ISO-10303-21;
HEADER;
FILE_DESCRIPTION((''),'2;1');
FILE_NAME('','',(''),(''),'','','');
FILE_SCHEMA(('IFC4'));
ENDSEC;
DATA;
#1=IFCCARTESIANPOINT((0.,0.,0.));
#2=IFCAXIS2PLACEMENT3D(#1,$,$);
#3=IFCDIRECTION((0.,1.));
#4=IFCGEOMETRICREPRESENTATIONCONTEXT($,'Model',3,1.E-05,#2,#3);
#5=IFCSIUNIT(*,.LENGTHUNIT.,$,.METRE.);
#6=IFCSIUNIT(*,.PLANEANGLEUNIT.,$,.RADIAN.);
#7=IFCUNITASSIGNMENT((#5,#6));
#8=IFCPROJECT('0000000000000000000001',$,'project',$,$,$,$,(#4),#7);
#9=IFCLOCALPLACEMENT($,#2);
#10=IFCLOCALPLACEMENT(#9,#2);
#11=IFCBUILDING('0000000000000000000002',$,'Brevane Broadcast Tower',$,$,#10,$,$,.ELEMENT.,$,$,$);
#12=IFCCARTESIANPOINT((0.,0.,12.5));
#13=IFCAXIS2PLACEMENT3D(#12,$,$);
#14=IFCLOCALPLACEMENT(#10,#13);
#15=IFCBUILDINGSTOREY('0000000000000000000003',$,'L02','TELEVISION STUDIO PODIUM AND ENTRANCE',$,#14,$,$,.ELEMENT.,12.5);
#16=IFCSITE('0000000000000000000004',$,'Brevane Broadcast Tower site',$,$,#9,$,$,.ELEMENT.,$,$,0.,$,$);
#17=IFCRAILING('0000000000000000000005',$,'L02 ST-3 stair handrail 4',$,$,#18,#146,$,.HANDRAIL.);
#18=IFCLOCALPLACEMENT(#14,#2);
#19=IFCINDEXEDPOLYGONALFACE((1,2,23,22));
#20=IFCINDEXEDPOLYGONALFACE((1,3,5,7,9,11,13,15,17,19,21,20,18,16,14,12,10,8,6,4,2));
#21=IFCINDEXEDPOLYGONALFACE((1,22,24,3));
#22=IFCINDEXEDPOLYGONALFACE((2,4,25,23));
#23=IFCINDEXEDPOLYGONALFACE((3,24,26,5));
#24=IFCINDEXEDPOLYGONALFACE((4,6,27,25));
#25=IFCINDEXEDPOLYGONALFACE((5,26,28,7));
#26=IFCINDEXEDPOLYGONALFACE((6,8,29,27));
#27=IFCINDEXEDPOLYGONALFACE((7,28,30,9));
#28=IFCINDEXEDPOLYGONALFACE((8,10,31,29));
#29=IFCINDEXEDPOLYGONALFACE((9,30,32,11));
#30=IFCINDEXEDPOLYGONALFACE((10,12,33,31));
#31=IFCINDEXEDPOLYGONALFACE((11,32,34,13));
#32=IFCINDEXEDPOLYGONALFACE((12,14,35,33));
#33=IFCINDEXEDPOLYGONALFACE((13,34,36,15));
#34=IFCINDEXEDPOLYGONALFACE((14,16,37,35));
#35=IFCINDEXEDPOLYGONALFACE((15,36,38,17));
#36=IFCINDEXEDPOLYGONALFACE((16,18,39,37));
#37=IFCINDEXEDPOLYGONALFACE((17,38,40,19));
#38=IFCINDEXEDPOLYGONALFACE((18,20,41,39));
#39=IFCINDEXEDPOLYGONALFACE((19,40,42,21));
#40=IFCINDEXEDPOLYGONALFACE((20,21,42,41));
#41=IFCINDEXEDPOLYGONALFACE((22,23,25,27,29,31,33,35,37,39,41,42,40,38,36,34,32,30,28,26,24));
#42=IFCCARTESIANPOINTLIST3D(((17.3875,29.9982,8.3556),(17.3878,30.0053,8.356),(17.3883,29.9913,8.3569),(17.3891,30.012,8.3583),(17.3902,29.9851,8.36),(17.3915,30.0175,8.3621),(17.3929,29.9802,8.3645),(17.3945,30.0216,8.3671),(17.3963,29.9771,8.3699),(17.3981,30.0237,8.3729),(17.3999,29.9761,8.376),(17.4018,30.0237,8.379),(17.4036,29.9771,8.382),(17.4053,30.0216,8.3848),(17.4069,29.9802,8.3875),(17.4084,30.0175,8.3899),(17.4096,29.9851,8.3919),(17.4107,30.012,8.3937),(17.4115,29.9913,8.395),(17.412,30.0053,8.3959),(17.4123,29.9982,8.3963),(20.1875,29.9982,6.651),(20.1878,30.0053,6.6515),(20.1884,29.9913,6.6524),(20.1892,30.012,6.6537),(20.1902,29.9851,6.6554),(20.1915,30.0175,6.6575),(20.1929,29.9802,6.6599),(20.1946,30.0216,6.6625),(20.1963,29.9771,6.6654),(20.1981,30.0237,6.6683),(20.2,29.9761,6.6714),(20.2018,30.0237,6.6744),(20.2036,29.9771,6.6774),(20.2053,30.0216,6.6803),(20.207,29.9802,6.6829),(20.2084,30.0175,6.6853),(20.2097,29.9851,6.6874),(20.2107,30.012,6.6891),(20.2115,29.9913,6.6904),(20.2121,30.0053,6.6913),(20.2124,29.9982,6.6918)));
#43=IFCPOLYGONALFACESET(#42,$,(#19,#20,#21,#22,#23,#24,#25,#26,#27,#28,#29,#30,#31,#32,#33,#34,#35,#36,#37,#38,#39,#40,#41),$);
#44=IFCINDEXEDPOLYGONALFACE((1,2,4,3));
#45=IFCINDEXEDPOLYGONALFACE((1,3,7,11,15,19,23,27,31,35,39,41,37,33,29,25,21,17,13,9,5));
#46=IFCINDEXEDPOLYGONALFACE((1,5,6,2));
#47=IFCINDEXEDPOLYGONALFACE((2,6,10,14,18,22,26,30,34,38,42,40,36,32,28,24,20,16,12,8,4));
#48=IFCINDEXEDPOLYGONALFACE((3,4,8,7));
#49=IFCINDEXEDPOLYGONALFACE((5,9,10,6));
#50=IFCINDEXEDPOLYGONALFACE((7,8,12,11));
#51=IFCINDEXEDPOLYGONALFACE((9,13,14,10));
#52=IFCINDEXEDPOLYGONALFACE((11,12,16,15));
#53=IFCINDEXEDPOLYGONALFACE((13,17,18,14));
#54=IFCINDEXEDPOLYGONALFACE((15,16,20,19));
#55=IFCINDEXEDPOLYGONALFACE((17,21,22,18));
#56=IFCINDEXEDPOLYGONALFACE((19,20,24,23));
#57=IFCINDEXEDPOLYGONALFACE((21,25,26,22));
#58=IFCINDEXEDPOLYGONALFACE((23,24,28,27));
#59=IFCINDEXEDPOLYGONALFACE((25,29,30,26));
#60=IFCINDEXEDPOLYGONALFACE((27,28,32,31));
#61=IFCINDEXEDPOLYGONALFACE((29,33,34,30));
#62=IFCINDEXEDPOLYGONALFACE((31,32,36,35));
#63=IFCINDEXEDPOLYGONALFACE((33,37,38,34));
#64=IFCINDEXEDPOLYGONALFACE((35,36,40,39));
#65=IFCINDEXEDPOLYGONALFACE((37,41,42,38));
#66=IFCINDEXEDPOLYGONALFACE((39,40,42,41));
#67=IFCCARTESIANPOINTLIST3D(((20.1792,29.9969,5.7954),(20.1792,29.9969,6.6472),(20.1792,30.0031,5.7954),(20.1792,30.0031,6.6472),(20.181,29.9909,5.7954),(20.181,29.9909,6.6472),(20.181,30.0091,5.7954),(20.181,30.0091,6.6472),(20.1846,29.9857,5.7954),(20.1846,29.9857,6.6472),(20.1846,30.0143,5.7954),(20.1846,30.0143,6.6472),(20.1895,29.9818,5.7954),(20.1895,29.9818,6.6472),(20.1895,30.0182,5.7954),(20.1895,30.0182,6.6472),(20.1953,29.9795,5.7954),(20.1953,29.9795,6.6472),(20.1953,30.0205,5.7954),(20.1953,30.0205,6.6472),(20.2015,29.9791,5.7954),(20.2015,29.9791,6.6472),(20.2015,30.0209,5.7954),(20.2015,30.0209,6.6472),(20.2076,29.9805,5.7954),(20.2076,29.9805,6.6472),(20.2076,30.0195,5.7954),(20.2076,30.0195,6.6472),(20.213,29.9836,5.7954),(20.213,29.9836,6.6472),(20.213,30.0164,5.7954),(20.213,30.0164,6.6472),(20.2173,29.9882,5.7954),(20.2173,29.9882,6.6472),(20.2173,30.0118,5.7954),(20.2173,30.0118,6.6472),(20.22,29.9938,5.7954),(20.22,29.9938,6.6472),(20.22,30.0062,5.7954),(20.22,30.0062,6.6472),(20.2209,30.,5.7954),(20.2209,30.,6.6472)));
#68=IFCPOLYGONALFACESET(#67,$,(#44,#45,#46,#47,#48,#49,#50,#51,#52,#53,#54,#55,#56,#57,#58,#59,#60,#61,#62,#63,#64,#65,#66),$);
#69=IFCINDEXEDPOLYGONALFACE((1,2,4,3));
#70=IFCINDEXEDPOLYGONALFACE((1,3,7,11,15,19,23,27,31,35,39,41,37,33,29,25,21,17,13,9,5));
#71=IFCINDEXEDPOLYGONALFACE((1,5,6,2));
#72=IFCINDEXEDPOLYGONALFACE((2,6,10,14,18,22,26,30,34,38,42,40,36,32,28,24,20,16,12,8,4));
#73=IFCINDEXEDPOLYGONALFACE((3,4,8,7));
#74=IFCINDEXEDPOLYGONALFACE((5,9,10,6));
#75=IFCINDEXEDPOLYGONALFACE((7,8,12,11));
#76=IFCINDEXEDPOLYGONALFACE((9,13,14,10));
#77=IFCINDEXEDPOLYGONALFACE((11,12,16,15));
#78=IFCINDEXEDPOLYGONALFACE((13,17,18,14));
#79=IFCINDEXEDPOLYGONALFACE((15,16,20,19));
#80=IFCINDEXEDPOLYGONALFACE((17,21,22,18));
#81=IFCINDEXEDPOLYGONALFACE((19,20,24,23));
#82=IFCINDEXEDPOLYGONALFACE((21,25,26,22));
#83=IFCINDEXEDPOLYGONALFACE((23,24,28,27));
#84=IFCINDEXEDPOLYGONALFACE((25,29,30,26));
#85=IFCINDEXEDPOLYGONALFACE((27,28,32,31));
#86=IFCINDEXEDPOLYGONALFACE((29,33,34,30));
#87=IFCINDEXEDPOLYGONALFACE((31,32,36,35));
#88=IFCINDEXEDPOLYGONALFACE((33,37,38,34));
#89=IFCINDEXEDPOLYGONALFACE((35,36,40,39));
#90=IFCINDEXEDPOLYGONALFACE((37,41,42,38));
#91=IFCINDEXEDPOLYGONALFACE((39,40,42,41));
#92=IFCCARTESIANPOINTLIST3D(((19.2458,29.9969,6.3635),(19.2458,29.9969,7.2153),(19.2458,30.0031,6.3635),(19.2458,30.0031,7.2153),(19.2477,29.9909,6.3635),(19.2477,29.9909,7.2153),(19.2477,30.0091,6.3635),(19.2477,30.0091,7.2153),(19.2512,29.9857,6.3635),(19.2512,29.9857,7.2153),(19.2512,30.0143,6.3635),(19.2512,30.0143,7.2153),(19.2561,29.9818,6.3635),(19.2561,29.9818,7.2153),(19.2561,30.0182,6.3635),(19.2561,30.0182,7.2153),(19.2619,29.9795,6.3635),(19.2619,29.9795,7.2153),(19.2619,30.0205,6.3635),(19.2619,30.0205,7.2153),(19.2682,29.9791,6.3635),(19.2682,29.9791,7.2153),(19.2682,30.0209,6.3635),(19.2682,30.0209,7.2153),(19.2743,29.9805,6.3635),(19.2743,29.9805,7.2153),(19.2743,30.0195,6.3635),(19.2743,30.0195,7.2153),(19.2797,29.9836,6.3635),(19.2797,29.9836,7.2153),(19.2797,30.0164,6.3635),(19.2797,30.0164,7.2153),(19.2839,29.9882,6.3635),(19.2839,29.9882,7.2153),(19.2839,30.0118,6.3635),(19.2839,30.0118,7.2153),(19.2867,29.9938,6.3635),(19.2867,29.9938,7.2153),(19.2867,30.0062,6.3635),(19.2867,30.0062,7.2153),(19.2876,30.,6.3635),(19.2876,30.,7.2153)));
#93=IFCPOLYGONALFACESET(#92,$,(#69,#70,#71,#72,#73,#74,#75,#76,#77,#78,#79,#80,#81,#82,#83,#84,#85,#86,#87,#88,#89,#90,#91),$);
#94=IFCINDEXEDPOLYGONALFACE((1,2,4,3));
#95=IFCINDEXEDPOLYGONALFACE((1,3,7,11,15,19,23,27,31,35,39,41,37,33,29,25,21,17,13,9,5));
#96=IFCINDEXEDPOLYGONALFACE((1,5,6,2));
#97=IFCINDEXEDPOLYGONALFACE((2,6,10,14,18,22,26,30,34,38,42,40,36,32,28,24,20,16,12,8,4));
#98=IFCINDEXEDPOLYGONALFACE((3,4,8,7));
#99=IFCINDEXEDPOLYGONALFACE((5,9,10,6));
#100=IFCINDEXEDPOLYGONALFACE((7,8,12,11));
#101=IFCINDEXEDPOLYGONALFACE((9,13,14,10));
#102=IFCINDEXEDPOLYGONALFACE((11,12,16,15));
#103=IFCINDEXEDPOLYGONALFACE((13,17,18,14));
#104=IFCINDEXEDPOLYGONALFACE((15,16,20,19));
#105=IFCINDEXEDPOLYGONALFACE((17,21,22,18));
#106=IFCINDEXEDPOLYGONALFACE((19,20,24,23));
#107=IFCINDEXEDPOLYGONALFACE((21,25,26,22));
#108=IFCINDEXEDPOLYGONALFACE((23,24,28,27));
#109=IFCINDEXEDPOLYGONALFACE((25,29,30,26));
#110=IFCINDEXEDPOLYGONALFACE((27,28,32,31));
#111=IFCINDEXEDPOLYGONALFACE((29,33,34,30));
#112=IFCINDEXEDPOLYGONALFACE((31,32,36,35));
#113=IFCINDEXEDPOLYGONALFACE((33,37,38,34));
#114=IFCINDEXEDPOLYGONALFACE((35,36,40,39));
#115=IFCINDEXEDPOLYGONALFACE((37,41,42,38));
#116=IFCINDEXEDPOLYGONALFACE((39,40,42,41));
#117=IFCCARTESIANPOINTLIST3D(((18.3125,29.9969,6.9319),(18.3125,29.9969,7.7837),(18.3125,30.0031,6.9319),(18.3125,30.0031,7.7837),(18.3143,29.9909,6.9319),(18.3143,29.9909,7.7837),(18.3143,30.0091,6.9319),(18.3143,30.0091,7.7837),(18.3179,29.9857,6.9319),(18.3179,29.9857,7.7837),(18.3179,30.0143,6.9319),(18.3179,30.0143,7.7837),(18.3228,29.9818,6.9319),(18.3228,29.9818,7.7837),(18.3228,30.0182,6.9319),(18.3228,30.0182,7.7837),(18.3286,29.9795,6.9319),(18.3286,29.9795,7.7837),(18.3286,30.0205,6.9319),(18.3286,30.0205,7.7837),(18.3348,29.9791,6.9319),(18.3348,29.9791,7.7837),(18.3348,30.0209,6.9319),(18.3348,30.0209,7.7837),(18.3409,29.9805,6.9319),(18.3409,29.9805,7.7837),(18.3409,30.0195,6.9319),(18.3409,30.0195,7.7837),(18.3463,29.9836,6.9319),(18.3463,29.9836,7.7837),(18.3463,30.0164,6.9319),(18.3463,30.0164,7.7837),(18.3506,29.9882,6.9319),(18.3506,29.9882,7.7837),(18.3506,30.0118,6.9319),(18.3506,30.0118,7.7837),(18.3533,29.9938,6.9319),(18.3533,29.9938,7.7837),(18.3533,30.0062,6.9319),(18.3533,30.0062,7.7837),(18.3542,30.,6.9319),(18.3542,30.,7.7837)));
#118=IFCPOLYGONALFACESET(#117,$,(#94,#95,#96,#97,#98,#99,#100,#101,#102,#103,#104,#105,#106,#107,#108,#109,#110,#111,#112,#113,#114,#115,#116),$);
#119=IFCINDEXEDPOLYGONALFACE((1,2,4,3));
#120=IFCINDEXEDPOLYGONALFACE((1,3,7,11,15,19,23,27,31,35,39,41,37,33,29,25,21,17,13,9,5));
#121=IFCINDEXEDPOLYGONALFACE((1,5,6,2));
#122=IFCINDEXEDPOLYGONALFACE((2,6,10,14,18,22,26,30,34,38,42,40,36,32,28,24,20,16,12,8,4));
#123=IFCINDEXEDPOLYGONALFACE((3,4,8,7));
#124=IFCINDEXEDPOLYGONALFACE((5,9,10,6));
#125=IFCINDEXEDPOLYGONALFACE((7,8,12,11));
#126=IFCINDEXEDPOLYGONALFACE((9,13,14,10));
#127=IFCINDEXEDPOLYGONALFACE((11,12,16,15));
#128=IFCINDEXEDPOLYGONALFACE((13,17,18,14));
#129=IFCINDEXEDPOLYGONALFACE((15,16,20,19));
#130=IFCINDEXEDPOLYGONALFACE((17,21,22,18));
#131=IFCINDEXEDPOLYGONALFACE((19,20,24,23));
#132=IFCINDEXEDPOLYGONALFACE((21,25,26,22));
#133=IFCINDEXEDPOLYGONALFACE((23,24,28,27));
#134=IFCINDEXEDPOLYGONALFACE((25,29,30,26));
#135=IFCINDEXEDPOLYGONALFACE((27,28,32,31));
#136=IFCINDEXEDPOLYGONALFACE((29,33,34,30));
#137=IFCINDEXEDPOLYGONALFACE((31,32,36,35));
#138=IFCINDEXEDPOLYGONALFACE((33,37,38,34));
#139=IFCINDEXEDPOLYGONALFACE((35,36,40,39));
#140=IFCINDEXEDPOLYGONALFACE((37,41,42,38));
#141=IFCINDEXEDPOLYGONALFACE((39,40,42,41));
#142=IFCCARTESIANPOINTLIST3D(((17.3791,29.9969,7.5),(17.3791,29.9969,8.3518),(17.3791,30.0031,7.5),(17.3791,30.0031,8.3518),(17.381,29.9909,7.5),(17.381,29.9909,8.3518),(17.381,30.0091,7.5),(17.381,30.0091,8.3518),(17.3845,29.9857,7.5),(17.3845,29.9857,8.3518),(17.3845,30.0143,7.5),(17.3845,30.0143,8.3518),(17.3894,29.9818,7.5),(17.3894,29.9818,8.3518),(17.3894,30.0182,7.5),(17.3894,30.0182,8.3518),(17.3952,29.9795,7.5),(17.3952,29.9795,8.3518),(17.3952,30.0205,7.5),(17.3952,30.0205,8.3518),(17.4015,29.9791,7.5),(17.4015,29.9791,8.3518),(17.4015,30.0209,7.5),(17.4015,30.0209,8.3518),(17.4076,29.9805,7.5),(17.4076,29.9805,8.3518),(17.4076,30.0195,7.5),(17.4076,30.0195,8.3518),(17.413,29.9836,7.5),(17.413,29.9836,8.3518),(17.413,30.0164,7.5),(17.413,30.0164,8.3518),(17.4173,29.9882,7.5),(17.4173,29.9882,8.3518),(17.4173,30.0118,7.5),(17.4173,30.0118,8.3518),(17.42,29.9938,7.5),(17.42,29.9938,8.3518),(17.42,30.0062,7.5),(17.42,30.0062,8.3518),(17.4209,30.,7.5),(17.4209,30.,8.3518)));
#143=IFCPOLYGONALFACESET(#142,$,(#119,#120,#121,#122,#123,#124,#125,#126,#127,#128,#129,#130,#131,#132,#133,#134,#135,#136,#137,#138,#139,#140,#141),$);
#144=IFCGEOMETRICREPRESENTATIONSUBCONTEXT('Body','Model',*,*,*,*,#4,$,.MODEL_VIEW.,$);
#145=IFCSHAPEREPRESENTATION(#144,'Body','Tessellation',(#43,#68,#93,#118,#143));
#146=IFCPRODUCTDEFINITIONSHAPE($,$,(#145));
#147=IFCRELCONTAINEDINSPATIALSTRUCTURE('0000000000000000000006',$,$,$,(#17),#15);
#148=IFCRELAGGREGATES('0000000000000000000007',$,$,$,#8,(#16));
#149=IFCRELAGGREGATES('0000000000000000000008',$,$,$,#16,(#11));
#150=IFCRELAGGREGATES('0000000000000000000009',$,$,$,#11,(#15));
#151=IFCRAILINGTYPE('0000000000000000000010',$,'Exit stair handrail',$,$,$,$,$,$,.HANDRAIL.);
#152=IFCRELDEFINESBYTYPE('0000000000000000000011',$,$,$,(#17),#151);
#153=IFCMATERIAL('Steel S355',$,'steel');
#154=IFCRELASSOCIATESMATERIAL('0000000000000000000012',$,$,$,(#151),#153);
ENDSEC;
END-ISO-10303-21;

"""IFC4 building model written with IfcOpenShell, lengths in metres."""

from ifc_helpers import new_model, si_unit, direction, frame, origin, origin_2d, place, context, subcontext, project, spatial, circle, extrude, material, type_object, element, save


model = new_model("IFC4")

# Units and contexts
model_context = context("Model", 3, precision=1e-05, world=origin(), true_north=direction((0.0, 1.0)))
body_context = subcontext(model_context, "Body", "Model", "MODEL_VIEW")
ifc_project = project(units=[si_unit("LENGTHUNIT", "METRE"), si_unit("PLANEANGLEUNIT", "RADIAN")], contexts=[model_context])

# Site, building, storey
site_placement = place(None, origin())
site = spatial("IfcSite", under=ifc_project, at=site_placement, Name="Brevane Broadcast Tower site", CompositionType="ELEMENT", RefElevation=0.0)
building_placement = place(site_placement, origin())
building = spatial("IfcBuilding", under=site, at=building_placement, Name="Brevane Broadcast Tower", CompositionType="ELEMENT")
storey_placement = place(building_placement, frame((0.0, 0.0, 12.5)))
storey = spatial("IfcBuildingStorey", under=building, at=storey_placement, Name="L02", Description="TELEVISION STUDIO PODIUM AND ENTRANCE", CompositionType="ELEMENT", Elevation=12.5)

# Railing
ifc_material_1 = material(Name="Steel S355", Category="steel")
railing_type_1 = type_object("IfcRailingType", Name="Exit stair handrail", PredefinedType="HANDRAIL", material=ifc_material_1)
railing_1_placement = place(storey_placement, frame((20.2, 30.0, 5.7954)))
element("IfcRailing", 1, at=railing_1_placement, inside=storey, type_object=railing_type_1, Name="L02 ST-3 stair handrail 4", PredefinedType="HANDRAIL", context=body_context, shape_type="SweptSolid", body=[
    extrude(circle(Radius=0.0239, at=origin_2d()), frame((0.0, 0.0, 0.876), z_axis=(-0.85417, 0.0, 0.519994), x_axis=(0.0, -1.0, 0.0)), (0.0, 0.0, 1.0), 3.2781),
    extrude(circle(Radius=0.021, at=origin_2d()), origin(), (0.0, 0.0, 1.0), 0.8518),
    extrude(circle(Radius=0.021, at=origin_2d()), frame((-0.9333, 0.0, 0.5681)), (0.0, 0.0, 1.0), 0.8518),
    extrude(circle(Radius=0.021, at=origin_2d()), frame((-1.8667, 0.0, 1.1365)), (0.0, 0.0, 1.0), 0.8518),
    extrude(circle(Radius=0.021, at=origin_2d()), frame((-2.8, 0.0, 1.7046)), (0.0, 0.0, 1.0), 0.8518),
])

save(model, "model.ifc")
